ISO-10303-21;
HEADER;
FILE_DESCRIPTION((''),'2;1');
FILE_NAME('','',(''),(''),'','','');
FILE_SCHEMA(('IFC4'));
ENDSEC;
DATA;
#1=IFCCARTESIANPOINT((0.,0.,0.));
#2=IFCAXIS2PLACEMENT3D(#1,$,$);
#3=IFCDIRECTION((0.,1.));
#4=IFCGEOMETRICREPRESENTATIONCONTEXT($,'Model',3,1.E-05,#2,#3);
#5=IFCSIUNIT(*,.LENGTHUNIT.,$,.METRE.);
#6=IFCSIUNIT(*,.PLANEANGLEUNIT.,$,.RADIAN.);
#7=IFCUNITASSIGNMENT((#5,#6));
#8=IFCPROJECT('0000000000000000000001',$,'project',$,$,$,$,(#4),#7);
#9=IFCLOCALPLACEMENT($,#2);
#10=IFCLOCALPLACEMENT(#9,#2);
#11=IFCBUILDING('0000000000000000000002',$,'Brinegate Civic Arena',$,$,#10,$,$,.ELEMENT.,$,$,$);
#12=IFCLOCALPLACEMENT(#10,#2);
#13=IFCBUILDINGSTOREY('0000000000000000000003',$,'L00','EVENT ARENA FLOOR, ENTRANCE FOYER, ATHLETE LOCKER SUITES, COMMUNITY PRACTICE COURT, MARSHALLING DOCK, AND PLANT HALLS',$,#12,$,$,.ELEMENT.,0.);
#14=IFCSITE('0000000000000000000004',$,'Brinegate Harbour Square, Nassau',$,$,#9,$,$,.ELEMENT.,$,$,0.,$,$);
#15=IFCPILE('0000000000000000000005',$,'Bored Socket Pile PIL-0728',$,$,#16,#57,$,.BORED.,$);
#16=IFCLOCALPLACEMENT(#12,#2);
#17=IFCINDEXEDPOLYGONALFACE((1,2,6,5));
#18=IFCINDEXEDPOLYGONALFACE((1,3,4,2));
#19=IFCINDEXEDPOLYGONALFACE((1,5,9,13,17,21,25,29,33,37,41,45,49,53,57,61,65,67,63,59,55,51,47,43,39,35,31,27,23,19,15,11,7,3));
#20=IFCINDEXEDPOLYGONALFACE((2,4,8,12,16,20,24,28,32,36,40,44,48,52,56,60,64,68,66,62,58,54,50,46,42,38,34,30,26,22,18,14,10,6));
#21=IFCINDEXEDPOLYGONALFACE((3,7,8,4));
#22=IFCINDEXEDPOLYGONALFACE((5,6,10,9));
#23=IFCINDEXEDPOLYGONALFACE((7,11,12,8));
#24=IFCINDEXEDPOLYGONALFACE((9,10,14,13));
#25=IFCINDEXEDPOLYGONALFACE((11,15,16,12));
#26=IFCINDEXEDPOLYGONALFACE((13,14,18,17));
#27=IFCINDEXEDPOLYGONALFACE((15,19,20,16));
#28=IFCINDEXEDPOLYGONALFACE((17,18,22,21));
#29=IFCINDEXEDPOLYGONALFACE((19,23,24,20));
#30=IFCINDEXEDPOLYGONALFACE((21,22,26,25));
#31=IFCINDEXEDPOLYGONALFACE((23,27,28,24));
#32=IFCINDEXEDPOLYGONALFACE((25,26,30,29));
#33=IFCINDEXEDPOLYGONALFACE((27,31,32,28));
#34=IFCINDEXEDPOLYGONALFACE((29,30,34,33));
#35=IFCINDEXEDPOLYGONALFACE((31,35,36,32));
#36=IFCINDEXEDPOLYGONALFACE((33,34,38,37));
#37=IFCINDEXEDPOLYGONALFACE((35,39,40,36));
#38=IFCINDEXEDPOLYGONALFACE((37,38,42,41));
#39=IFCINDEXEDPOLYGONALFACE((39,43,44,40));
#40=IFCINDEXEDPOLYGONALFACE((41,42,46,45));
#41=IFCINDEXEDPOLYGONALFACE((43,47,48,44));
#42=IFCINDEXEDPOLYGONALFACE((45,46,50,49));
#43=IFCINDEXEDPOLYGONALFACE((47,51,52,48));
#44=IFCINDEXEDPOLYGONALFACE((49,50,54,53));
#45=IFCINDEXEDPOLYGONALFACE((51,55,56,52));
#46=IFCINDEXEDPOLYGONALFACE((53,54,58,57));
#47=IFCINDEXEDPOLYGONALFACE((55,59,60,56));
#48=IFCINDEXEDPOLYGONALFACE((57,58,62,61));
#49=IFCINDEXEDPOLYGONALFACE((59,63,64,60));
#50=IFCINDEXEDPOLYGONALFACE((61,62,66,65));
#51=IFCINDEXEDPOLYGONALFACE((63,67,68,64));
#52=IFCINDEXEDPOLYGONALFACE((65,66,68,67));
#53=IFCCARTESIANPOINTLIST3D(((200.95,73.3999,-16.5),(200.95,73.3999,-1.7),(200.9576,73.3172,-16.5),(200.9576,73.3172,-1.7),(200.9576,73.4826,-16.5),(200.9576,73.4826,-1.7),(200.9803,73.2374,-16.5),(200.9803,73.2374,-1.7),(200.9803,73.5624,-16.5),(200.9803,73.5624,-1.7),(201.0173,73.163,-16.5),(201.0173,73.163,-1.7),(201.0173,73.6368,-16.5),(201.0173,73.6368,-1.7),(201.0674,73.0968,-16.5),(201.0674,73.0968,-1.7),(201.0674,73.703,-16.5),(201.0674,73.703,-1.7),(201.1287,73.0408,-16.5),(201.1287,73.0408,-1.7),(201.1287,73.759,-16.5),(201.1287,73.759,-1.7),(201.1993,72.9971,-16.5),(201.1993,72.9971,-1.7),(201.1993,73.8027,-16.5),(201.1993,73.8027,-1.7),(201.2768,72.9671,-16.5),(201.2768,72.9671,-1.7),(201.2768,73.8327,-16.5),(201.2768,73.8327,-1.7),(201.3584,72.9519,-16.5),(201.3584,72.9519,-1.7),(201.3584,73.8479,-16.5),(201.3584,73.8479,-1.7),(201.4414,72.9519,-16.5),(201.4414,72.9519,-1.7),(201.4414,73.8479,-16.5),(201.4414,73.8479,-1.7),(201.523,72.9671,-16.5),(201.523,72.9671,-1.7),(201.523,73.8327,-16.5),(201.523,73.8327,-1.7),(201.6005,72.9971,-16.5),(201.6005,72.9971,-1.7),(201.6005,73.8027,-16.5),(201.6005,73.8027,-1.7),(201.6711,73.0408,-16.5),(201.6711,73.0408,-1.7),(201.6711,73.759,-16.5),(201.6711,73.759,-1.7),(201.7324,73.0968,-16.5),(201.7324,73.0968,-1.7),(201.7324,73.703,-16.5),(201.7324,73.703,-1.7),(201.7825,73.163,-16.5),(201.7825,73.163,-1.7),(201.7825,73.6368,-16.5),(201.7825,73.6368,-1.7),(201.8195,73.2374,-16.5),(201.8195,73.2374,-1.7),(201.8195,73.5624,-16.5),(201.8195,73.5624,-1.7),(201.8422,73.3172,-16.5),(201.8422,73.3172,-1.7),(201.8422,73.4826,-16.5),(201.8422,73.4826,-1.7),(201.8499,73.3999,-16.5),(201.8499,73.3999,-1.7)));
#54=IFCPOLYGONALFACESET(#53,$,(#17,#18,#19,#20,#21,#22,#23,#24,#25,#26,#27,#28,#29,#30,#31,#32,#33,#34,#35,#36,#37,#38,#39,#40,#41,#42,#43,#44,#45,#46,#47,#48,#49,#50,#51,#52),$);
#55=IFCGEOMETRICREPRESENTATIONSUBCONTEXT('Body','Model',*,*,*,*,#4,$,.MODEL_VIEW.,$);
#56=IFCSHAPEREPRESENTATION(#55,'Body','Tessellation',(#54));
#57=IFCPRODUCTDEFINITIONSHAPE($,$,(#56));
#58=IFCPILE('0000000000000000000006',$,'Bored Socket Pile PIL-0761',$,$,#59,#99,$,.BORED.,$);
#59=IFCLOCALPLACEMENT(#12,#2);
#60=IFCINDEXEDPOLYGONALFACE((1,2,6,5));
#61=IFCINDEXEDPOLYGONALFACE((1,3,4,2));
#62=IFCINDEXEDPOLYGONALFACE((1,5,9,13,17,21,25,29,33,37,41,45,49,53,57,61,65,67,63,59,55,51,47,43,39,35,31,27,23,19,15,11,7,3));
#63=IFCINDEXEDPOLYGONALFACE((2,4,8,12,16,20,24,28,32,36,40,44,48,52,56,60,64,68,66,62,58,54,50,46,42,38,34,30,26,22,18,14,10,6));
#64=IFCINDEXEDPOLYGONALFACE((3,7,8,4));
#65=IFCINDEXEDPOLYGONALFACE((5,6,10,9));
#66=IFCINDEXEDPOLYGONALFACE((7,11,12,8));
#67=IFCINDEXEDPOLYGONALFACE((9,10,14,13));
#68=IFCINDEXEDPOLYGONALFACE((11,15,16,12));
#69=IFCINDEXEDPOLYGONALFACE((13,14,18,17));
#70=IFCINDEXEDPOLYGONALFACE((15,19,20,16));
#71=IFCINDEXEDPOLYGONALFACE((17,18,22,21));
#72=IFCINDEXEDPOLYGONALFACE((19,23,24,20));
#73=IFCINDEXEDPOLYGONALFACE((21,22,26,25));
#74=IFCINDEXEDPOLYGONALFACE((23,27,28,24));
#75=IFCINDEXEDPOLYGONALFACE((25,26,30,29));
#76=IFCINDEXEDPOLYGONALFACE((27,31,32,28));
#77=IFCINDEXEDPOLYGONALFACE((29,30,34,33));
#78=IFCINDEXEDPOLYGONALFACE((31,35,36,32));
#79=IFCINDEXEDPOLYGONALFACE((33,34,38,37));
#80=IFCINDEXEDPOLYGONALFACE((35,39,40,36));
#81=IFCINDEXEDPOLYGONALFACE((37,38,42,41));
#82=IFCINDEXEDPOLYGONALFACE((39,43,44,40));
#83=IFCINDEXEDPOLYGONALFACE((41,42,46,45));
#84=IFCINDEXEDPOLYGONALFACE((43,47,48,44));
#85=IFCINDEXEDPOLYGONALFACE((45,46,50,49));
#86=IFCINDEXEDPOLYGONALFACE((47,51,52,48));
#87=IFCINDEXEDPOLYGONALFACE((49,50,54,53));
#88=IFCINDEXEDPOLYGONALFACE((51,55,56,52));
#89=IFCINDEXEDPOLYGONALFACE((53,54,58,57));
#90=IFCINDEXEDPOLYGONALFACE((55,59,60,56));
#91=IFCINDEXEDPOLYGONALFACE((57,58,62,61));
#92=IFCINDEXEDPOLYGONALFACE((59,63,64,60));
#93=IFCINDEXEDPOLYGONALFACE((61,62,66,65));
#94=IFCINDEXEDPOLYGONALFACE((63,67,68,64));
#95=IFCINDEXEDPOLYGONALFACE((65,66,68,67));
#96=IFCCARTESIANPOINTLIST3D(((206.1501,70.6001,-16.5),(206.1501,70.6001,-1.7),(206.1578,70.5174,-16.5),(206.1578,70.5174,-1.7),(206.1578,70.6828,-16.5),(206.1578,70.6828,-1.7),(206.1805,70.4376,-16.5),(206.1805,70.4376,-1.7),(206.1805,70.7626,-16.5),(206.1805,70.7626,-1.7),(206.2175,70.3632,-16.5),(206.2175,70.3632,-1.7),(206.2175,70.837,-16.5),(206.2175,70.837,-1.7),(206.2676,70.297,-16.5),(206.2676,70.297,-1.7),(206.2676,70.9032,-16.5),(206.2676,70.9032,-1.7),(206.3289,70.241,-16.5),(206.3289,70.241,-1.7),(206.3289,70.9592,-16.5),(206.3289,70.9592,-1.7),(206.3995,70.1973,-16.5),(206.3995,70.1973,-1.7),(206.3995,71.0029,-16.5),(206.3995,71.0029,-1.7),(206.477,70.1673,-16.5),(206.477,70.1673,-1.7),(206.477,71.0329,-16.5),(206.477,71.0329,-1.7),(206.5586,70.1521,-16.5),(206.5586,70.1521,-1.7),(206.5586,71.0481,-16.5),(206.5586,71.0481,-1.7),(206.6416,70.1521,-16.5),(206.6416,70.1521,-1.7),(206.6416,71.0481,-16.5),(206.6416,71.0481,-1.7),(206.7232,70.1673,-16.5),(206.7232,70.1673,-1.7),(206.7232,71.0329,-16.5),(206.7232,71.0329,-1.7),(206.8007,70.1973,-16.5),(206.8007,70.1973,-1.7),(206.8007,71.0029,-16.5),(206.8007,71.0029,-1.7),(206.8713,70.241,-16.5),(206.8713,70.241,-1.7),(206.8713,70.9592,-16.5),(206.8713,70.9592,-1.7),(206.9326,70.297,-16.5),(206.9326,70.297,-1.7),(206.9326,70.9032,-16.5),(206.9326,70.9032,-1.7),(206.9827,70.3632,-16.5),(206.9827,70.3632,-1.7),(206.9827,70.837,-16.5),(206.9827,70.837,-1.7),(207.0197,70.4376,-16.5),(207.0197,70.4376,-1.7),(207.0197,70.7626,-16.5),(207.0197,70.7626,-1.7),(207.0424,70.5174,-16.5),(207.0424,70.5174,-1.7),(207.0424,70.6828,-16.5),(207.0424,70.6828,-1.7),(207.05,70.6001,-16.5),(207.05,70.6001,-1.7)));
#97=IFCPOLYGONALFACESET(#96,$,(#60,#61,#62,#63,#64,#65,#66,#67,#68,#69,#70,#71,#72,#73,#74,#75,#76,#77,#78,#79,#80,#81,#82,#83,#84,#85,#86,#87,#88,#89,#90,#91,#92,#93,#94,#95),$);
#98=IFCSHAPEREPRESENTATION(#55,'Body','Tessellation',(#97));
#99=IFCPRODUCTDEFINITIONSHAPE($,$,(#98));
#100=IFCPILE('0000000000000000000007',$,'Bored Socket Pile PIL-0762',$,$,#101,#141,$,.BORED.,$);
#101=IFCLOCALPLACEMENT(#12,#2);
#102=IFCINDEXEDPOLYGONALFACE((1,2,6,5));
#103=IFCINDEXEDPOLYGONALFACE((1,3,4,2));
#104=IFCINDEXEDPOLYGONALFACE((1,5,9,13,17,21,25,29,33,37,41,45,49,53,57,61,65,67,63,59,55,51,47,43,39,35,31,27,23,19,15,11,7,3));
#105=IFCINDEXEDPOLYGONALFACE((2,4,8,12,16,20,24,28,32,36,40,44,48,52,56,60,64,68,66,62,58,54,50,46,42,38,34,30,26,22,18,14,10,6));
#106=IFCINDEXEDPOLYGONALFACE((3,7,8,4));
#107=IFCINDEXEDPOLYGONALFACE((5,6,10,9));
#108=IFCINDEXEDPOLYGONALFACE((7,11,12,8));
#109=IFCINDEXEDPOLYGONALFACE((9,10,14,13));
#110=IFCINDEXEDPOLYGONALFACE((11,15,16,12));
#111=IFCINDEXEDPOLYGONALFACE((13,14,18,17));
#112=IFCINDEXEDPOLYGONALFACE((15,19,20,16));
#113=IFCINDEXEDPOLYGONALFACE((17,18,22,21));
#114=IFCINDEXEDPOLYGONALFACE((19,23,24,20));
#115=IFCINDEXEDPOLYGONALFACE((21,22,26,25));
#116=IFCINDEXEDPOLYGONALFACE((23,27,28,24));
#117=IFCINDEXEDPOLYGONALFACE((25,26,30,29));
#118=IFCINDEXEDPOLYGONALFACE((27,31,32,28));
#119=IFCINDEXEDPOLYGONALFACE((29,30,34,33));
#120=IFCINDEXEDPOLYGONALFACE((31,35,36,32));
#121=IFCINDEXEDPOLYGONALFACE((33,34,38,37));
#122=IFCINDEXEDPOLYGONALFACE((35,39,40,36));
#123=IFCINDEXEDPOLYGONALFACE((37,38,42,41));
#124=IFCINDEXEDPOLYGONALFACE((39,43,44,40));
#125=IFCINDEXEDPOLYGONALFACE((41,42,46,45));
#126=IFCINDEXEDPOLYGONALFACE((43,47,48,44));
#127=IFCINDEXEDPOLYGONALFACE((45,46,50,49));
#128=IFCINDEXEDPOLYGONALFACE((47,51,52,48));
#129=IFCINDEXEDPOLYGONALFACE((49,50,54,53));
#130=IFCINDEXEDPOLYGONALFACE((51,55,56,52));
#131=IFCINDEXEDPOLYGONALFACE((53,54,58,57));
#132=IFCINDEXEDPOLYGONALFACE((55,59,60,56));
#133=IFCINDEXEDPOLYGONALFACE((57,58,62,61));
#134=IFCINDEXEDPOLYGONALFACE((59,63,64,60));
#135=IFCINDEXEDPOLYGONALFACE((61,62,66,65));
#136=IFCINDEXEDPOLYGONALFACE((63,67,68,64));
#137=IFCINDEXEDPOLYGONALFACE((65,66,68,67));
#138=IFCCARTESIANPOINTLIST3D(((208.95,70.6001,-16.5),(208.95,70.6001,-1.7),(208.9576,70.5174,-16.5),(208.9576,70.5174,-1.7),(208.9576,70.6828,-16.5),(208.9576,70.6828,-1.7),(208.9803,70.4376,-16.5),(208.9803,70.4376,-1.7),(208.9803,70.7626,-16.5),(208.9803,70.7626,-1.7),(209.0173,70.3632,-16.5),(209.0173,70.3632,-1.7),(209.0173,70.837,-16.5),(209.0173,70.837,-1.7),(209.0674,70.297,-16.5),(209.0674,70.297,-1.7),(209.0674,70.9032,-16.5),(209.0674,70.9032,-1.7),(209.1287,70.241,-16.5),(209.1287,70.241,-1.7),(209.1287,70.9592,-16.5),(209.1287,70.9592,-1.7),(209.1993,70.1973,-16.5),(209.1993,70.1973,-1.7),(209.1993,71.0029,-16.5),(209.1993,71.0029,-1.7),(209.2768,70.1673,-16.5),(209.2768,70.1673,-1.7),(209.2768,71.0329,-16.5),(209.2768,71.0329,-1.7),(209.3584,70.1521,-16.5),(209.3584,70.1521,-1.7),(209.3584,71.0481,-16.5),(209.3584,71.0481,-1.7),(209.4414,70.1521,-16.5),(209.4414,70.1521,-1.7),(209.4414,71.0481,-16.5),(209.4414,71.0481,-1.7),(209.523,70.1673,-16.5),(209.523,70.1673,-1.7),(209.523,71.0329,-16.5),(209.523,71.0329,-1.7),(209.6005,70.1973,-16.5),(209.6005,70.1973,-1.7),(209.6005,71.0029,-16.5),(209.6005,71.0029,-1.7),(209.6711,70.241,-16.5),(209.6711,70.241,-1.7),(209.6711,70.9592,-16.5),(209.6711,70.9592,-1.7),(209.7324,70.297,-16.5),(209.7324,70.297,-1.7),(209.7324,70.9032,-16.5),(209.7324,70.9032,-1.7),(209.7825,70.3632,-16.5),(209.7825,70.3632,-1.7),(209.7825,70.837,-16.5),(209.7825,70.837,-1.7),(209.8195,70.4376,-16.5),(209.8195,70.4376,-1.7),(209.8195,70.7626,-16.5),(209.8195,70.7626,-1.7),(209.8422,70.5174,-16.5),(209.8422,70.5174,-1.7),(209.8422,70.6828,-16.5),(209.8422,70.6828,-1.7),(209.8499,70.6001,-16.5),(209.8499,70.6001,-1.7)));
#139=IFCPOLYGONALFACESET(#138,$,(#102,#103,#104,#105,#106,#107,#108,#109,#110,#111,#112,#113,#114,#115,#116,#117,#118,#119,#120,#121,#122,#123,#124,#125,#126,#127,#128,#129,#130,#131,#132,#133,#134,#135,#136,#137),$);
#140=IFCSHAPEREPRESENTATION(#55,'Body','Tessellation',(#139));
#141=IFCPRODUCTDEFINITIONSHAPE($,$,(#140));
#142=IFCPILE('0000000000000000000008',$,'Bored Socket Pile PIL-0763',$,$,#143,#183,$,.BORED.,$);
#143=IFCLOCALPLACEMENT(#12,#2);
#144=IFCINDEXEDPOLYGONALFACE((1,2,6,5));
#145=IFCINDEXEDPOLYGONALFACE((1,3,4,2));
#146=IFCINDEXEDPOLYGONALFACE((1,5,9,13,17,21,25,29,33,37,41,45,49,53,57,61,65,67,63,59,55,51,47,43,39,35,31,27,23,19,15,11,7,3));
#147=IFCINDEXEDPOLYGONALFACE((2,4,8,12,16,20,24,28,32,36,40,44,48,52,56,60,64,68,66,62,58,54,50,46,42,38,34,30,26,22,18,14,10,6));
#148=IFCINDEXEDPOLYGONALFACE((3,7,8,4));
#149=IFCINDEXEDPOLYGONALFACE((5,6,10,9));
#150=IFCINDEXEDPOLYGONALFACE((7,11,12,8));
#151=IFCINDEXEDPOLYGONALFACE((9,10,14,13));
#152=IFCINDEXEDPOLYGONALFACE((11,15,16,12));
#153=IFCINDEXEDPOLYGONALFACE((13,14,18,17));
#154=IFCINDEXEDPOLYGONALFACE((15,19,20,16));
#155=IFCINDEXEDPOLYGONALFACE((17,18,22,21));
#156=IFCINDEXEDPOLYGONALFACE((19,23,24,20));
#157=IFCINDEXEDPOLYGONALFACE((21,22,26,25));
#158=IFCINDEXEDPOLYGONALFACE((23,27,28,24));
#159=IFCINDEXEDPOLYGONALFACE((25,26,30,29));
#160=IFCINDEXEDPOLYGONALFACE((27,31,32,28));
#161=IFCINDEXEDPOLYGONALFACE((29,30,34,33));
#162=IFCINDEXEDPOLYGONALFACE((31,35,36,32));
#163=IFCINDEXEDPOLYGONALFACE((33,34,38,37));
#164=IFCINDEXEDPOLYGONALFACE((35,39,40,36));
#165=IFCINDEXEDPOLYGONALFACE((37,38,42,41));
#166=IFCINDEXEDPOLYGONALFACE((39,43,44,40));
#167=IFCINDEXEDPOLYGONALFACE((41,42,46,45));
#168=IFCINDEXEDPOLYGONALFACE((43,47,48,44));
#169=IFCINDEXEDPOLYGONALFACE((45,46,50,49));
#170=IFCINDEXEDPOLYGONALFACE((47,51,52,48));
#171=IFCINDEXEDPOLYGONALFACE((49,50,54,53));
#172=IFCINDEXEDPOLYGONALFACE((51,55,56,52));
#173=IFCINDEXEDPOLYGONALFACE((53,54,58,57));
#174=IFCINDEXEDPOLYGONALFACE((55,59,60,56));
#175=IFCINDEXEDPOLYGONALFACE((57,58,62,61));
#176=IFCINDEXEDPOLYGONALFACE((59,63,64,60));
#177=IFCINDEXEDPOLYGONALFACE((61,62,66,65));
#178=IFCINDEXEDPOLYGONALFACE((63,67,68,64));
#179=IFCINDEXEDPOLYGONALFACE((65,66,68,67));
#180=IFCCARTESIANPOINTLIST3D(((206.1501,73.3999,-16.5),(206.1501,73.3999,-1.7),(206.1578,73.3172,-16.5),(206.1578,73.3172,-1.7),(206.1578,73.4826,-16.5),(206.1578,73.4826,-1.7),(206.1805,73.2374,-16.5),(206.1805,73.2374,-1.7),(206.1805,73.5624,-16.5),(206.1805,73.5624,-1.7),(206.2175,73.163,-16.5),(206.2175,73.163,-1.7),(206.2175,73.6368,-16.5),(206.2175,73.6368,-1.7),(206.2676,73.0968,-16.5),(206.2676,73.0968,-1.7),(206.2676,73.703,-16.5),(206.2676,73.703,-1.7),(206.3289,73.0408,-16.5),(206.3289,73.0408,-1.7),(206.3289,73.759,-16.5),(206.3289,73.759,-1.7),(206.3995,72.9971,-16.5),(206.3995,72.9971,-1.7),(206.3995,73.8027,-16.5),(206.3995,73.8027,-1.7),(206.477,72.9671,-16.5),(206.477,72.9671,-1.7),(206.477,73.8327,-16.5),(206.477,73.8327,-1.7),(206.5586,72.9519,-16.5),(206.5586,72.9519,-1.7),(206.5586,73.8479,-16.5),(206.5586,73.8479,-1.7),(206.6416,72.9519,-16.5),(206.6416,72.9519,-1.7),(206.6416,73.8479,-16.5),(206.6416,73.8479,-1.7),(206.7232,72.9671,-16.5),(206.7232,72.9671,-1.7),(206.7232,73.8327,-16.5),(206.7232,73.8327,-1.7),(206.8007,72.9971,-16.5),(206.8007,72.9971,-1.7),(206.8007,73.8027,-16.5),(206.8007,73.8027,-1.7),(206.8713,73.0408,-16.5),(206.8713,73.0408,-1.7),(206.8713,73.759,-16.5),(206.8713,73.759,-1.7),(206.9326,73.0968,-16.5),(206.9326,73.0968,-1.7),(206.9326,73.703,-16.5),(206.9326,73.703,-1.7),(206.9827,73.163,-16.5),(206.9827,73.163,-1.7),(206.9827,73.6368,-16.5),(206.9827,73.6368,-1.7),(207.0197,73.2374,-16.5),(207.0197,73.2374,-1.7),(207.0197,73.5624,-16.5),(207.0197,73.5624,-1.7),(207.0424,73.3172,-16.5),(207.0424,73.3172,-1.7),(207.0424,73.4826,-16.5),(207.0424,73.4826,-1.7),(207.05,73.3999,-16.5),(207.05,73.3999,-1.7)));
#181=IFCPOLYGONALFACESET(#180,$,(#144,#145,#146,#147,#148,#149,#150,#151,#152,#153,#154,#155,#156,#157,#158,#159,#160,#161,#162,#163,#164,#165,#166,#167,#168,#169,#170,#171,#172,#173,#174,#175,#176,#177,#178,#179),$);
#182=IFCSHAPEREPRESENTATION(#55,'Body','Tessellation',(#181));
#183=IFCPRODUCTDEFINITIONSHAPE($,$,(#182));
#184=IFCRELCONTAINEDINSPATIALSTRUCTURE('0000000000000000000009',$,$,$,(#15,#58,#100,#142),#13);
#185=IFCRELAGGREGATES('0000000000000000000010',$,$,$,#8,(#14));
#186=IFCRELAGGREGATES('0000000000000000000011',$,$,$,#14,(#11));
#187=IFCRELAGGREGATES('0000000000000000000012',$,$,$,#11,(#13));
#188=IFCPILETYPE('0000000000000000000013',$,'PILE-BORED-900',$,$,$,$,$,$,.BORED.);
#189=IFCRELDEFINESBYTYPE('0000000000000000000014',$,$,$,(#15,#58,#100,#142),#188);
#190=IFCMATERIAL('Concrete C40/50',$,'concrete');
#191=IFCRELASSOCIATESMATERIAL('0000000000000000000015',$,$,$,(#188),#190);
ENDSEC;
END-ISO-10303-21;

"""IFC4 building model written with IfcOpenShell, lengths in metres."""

from ifc_helpers import new_model, si_unit, direction, frame, origin, origin_2d, place, context, subcontext, project, spatial, circle, extrude, material, material_profile, profile_set, type_object, element, save


model = new_model("IFC4")

# Units and contexts
model_context = context("Model", 3, precision=1e-05, world=origin(), true_north=direction((0.0, 1.0)))
body_context = subcontext(model_context, "Body", "Model", "MODEL_VIEW")
ifc_project = project(units=[si_unit("LENGTHUNIT", "METRE"), si_unit("PLANEANGLEUNIT", "RADIAN")], contexts=[model_context])

# Site, building, storey
site_placement = place(None, origin())
site = spatial("IfcSite", under=ifc_project, at=site_placement, Name="Brinegate Harbour Square, Nassau", CompositionType="ELEMENT", RefElevation=0.0)
building_placement = place(site_placement, origin())
building = spatial("IfcBuilding", under=site, at=building_placement, Name="Brinegate Civic Arena", CompositionType="ELEMENT")
storey_placement = place(building_placement, origin())
storey = spatial("IfcBuildingStorey", under=building, at=storey_placement, Name="L00", Description="EVENT ARENA FLOOR, ENTRANCE FOYER, ATHLETE LOCKER SUITES, COMMUNITY PRACTICE COURT, MARSHALLING DOCK, AND PLANT HALLS", CompositionType="ELEMENT", Elevation=0.0)

# Shared definitions
ifc_material_1 = material(Name="Concrete C40/50", Category="concrete")

# Piles
ifc_material_profile_1 = material_profile(ifc_material_1, circle(Radius=0.45, at=origin_2d()), Name="PILED900")
ifc_profile_set_1 = profile_set([ifc_material_profile_1], Name="Concrete C40/50")
pile_type = type_object("IfcPileType", Name="PILE-BORED-900", PredefinedType="BORED", material=ifc_profile_set_1)
for number, where, z_axis, x_axis, name in (
    (1, (201.3999, 73.3999, -1.7), (0.0, 0.0, -1.0), (1.0, 0.0, 0.0), "Bored Socket Pile PIL-0728"),
    (2, (206.6001, 70.6001, -1.7), (0.0, 0.0, -1.0), (1.0, 0.0, 0.0), "Bored Socket Pile PIL-0761"),
    (3, (209.3999, 70.6001, -1.7), (0.0, 0.0, -1.0), (1.0, 0.0, 0.0), "Bored Socket Pile PIL-0762"),
    (4, (206.6001, 73.3999, -1.7), (0.0, 0.0, -1.0), (1.0, 0.0, 0.0), "Bored Socket Pile PIL-0763"),
):
    element("IfcPile", number, at=place(storey_placement, frame(where, z_axis=z_axis, x_axis=x_axis)), inside=storey, type_object=pile_type, Name=name, PredefinedType="BORED", context=body_context, shape_type="SweptSolid", body=[
        extrude(circle(Radius=0.45, at=origin_2d()), origin(), (0.0, 0.0, 1.0), 14.8),
    ])

save(model, "model.ifc")
